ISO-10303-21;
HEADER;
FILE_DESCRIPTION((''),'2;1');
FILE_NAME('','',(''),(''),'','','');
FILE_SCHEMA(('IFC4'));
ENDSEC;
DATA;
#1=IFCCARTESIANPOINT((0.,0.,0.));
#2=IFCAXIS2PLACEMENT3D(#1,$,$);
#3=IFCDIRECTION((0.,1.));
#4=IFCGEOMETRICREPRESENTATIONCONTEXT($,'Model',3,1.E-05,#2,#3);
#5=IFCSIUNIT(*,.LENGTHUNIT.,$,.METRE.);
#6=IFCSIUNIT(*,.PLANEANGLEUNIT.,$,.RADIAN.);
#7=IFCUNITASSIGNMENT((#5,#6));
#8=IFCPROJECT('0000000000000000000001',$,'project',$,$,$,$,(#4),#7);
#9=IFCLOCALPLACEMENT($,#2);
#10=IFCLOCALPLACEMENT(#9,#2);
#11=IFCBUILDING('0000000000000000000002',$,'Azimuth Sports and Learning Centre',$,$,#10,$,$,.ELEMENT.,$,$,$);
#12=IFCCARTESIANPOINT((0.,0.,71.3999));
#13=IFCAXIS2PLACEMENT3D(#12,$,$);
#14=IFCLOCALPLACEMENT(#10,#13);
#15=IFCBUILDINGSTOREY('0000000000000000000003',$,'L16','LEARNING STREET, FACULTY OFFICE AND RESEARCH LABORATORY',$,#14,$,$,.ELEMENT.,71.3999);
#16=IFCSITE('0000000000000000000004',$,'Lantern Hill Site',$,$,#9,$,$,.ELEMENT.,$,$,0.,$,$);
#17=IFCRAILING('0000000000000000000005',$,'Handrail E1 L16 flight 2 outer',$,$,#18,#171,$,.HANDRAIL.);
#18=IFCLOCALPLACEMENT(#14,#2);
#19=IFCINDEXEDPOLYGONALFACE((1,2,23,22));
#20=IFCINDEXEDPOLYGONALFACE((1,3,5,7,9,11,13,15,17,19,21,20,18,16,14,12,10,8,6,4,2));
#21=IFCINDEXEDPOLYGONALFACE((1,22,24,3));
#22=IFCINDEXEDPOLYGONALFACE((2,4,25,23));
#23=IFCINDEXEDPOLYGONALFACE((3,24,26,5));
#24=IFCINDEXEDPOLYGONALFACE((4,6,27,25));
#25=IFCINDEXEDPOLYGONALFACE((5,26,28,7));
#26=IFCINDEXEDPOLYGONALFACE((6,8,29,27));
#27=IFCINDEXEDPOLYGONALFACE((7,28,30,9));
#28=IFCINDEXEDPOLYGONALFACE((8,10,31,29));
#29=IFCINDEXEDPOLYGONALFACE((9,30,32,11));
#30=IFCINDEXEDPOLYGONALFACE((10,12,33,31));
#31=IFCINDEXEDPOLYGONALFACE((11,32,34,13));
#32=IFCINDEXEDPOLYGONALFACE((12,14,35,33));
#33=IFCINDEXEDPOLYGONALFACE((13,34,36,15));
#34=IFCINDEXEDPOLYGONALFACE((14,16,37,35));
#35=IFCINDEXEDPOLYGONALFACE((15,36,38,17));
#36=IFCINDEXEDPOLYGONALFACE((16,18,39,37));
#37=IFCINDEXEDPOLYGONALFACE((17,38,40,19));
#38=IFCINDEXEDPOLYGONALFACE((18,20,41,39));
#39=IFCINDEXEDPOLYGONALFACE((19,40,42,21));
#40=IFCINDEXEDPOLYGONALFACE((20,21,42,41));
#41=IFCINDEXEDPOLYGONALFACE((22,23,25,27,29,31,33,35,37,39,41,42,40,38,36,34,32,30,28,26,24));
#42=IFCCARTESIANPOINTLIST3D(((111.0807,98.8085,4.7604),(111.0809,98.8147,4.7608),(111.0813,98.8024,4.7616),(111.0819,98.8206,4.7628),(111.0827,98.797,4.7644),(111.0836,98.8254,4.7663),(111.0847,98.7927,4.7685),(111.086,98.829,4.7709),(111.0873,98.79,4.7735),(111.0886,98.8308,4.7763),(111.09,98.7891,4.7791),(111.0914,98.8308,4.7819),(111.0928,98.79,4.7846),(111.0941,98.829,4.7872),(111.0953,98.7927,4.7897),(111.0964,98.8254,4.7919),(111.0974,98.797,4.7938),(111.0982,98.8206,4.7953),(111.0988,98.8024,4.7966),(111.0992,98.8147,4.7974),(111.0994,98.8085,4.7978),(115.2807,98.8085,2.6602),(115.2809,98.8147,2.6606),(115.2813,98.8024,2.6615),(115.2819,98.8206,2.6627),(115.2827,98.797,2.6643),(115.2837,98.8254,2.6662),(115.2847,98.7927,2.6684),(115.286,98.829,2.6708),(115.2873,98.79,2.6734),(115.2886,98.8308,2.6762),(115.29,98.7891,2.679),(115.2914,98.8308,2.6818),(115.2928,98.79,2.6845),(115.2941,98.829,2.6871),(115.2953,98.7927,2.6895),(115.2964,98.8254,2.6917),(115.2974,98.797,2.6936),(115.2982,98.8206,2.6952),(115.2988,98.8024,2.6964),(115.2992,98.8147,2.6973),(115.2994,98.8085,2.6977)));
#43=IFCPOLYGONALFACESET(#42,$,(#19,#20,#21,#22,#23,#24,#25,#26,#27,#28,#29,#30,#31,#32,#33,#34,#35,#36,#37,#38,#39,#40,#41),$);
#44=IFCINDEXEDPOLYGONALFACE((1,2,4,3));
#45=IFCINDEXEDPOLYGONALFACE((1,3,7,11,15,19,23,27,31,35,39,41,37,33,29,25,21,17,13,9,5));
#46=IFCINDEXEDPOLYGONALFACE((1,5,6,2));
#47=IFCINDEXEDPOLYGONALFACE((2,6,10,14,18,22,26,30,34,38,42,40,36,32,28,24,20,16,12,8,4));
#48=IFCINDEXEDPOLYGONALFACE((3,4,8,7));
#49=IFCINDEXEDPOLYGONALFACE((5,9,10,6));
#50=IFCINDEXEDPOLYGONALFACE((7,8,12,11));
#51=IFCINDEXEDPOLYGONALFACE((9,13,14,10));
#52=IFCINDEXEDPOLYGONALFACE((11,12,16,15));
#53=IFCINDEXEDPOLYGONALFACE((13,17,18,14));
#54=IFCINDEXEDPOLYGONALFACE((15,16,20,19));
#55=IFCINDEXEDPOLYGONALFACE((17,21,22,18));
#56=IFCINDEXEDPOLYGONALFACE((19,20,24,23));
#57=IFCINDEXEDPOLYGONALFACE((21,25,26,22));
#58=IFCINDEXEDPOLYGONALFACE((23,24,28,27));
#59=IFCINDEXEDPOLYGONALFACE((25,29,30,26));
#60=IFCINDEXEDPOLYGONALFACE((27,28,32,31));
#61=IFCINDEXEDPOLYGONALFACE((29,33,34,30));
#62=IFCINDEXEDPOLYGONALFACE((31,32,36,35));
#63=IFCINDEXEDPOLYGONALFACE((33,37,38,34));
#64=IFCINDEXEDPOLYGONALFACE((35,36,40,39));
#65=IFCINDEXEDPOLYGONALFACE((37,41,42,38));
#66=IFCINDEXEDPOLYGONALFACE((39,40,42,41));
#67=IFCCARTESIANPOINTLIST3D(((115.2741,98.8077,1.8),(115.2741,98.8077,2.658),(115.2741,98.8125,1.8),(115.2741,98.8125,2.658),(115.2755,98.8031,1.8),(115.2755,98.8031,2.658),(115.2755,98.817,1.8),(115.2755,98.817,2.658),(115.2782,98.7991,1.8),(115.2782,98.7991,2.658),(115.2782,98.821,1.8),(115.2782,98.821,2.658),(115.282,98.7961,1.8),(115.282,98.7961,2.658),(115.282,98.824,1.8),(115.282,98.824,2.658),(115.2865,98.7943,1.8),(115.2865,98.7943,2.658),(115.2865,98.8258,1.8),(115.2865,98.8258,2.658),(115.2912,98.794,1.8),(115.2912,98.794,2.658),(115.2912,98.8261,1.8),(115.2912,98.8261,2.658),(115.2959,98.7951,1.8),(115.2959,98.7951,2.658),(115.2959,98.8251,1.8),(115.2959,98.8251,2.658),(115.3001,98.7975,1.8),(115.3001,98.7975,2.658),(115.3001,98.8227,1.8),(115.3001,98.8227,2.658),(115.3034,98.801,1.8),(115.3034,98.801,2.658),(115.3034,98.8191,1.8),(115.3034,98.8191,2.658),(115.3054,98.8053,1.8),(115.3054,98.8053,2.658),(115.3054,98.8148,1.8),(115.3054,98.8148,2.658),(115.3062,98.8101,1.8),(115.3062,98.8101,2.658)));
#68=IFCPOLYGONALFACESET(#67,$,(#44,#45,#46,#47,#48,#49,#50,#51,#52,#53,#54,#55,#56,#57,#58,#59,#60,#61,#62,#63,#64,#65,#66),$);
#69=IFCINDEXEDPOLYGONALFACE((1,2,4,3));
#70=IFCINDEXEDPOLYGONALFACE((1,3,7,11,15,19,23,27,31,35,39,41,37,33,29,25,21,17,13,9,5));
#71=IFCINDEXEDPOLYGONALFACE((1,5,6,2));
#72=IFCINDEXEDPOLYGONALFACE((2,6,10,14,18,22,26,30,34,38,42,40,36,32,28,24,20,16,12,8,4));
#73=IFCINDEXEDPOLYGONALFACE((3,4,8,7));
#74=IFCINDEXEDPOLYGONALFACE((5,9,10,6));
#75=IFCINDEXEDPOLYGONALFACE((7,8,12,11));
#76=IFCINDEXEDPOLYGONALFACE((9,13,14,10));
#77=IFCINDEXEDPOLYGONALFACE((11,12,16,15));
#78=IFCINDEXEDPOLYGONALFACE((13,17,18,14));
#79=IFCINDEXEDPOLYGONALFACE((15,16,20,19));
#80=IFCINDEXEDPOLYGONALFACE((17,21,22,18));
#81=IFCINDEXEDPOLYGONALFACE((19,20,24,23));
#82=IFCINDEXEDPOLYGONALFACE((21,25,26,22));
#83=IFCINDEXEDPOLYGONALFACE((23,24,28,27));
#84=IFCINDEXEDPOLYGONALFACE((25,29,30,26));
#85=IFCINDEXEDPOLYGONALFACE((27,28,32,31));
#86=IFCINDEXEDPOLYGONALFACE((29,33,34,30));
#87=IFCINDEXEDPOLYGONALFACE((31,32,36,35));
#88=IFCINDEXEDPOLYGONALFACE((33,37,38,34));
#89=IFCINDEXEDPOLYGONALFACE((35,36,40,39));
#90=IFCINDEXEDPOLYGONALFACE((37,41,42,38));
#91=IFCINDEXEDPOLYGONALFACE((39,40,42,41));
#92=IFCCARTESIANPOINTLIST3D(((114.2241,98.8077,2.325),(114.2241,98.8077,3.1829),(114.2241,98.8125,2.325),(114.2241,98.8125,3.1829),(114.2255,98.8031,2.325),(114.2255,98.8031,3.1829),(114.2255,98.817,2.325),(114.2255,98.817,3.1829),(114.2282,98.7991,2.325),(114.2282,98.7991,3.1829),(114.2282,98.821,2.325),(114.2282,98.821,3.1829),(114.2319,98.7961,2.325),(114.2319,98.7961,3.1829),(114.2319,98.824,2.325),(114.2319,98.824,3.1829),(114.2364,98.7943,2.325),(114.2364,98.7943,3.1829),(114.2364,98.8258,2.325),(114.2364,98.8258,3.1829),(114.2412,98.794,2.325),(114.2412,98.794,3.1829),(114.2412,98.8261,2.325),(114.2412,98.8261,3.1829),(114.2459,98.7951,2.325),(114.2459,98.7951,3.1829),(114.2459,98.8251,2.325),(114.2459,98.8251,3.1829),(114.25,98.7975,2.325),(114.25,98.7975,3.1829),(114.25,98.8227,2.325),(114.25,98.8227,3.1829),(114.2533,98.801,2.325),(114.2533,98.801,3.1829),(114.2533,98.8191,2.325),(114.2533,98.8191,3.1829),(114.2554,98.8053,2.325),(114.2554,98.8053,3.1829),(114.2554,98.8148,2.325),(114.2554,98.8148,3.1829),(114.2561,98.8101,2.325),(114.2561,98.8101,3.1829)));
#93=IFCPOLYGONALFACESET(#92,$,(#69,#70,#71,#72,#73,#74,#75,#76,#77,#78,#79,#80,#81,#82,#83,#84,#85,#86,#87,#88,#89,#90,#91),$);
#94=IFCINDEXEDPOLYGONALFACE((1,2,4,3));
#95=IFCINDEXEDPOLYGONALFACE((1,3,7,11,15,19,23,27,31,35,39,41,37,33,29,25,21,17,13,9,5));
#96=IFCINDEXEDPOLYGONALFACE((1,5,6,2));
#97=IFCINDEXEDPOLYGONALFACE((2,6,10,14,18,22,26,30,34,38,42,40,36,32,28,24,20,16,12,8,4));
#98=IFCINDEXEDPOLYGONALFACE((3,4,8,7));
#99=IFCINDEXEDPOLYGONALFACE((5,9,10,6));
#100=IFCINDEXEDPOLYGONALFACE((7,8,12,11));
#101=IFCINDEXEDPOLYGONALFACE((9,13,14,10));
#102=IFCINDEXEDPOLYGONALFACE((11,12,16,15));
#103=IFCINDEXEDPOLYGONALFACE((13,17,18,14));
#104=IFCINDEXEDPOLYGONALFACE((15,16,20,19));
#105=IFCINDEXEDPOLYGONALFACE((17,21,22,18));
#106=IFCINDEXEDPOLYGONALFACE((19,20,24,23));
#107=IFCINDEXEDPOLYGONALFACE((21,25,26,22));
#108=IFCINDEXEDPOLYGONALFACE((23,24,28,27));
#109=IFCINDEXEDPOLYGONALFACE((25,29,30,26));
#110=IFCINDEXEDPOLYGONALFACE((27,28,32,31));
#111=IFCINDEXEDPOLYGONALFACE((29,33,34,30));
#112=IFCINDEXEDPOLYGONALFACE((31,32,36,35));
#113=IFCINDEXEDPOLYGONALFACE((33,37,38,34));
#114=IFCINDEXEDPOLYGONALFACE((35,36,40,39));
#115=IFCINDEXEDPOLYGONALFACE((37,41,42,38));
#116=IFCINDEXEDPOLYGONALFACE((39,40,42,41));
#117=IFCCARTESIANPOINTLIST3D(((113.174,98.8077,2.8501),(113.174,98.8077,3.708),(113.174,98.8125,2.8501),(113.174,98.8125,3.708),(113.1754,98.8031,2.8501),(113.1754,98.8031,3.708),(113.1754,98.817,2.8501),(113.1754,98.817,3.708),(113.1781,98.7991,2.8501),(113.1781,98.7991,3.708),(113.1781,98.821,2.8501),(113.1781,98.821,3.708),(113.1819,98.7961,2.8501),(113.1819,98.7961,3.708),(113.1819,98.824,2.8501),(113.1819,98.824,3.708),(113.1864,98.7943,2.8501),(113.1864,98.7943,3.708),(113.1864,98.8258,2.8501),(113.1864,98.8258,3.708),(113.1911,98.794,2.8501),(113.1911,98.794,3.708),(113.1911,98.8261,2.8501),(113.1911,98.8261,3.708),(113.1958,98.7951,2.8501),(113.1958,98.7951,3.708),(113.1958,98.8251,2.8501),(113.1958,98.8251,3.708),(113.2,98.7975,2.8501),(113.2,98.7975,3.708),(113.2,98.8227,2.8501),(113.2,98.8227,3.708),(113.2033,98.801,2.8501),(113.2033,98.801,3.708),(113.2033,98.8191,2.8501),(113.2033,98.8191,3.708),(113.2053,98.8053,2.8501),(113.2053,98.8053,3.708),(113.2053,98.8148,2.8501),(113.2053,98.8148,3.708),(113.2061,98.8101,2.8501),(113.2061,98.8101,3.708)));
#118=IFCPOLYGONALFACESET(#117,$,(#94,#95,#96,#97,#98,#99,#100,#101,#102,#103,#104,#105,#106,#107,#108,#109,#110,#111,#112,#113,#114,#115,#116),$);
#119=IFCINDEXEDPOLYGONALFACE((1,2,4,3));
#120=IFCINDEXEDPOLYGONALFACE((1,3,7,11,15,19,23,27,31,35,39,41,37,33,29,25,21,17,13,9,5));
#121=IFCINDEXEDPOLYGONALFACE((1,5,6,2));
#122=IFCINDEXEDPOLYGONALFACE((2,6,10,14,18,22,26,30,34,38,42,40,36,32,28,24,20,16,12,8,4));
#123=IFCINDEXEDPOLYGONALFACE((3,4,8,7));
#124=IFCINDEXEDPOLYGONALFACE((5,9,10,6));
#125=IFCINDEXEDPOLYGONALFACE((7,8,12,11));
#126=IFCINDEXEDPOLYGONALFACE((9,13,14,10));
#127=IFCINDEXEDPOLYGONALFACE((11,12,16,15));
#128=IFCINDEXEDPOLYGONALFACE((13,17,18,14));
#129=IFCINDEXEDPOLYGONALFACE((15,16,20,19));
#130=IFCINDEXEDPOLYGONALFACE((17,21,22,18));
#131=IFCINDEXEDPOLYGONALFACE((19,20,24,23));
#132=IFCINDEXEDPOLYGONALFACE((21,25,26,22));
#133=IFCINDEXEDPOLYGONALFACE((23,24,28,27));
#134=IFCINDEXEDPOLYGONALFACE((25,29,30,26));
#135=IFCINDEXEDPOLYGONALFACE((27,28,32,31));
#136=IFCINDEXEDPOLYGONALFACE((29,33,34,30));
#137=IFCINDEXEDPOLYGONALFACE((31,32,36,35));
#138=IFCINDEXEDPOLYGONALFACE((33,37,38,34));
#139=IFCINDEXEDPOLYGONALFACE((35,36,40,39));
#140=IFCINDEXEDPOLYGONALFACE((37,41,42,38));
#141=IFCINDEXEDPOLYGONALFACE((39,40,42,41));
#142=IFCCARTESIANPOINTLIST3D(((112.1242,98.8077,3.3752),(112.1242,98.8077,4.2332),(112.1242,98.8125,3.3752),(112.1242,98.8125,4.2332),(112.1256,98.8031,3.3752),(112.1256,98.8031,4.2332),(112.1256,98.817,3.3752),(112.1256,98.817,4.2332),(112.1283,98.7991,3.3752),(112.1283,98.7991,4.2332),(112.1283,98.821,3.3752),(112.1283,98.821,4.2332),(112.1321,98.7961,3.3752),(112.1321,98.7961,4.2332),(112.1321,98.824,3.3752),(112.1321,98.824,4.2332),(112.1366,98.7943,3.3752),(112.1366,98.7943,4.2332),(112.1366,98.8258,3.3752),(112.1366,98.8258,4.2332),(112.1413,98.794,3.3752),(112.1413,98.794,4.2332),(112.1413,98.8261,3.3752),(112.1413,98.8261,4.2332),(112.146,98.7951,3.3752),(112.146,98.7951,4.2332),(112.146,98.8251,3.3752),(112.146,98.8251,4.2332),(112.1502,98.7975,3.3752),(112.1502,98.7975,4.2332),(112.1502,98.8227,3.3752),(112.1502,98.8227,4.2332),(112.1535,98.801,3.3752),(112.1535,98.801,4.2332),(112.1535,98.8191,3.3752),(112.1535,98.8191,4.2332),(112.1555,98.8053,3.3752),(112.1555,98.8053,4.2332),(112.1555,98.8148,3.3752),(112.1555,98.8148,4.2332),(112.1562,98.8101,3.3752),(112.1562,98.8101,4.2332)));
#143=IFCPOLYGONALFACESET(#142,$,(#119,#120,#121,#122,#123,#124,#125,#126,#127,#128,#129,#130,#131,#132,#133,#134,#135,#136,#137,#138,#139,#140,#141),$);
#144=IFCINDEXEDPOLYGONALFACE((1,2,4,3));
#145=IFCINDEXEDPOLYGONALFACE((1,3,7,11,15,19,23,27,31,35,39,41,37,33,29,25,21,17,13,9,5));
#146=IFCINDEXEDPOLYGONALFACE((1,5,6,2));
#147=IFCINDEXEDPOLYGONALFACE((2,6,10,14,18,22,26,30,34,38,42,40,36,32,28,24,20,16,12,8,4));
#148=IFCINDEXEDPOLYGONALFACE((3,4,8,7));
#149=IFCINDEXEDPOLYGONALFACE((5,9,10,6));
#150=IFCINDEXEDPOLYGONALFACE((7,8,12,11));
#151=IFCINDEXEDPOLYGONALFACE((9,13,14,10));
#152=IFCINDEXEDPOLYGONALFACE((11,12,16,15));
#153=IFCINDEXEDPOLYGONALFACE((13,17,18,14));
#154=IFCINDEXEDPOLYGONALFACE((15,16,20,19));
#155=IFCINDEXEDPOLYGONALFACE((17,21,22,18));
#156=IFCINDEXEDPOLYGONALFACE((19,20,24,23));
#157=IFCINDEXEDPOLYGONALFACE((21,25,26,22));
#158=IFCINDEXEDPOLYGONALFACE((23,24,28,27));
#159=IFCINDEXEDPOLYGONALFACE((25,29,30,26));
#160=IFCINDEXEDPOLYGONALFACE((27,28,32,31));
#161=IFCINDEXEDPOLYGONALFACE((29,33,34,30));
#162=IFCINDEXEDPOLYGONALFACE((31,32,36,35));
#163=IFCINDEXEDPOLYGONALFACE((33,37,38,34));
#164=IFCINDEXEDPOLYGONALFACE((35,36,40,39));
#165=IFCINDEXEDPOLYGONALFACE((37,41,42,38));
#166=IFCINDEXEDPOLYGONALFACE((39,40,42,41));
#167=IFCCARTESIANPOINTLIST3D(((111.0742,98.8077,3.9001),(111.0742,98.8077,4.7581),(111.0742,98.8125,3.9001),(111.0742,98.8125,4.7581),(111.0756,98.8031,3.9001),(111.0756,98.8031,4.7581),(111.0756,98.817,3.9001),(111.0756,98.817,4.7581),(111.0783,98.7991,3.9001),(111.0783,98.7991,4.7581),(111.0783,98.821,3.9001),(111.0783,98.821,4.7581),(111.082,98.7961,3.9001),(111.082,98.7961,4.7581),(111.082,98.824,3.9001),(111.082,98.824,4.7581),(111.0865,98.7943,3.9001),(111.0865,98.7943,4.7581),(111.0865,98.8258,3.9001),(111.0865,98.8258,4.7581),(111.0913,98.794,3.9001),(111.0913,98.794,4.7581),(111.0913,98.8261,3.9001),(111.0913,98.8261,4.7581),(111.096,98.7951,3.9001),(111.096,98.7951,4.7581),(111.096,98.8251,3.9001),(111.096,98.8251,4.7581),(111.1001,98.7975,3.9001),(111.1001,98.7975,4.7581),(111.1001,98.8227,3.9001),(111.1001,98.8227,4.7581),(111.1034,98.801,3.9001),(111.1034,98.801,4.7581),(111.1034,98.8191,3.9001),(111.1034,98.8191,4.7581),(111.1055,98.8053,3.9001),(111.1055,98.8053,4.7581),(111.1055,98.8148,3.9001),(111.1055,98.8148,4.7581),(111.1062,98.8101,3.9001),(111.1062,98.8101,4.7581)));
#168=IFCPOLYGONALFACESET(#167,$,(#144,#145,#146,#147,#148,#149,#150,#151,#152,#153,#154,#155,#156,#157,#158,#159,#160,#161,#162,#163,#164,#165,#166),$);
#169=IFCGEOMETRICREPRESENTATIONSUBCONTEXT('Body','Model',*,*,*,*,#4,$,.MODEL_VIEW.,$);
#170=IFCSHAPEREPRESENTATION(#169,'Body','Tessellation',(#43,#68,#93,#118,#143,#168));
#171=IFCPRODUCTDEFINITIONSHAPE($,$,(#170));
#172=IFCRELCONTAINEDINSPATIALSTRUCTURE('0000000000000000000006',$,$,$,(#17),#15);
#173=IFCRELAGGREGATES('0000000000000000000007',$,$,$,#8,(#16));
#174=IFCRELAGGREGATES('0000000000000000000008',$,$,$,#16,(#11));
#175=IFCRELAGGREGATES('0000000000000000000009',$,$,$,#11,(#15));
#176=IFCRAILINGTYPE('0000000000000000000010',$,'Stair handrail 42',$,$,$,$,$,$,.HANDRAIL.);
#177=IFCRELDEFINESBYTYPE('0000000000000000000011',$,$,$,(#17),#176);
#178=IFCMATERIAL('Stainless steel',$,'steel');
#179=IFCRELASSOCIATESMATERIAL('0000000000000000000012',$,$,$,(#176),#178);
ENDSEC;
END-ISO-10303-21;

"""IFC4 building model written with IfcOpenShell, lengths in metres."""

from ifc_helpers import new_model, si_unit, direction, frame, origin, origin_2d, place, context, subcontext, project, spatial, circle, extrude, material, type_object, element, save


model = new_model("IFC4")

# Units and contexts
model_context = context("Model", 3, precision=1e-05, world=origin(), true_north=direction((0.0, 1.0)))
body_context = subcontext(model_context, "Body", "Model", "MODEL_VIEW")
ifc_project = project(units=[si_unit("LENGTHUNIT", "METRE"), si_unit("PLANEANGLEUNIT", "RADIAN")], contexts=[model_context])

# Site, building, storey
site_placement = place(None, origin())
site = spatial("IfcSite", under=ifc_project, at=site_placement, Name="Lantern Hill Site", CompositionType="ELEMENT", RefElevation=0.0)
building_placement = place(site_placement, origin())
building = spatial("IfcBuilding", under=site, at=building_placement, Name="Azimuth Sports and Learning Centre", CompositionType="ELEMENT")
storey_placement = place(building_placement, frame((0.0, 0.0, 71.3999)))
storey = spatial("IfcBuildingStorey", under=building, at=storey_placement, Name="L16", Description="LEARNING STREET, FACULTY OFFICE AND RESEARCH LABORATORY", CompositionType="ELEMENT", Elevation=71.3999)

# Railing
ifc_material_1 = material(Name="Stainless steel", Category="steel")
railing_type_1 = type_object("IfcRailingType", Name="Stair handrail 42", PredefinedType="HANDRAIL", material=ifc_material_1)
for number, where, name in (
    (1, (115.29, 98.8101, 1.8), "Handrail E1 L16 flight 2 outer"),
):
    element("IfcRailing", number, at=place(storey_placement, frame(where)), inside=storey, type_object=railing_type_1, Name=name, PredefinedType="HANDRAIL", context=body_context, shape_type="SweptSolid", body=[
        extrude(circle(Radius=0.021, at=origin_2d()), frame((0.0, 0.0, 0.8789), z_axis=(-0.894417, 0.0, 0.447234), x_axis=(0.0, -1.0, 0.0)), (0.0, 0.0, 1.0), 4.6958),
        extrude(circle(Radius=0.0161, at=origin_2d()), origin(), (0.0, 0.0, 1.0), 0.8579),
        extrude(circle(Radius=0.0161, at=origin_2d()), frame((-1.05, 0.0, 0.5249)), (0.0, 0.0, 1.0), 0.8579),
        extrude(circle(Radius=0.0161, at=origin_2d()), frame((-2.1001, 0.0, 1.05)), (0.0, 0.0, 1.0), 0.8579),
        extrude(circle(Radius=0.0161, at=origin_2d()), frame((-3.1499, 0.0, 1.5752)), (0.0, 0.0, 1.0), 0.8579),
        extrude(circle(Radius=0.0161, at=origin_2d()), frame((-4.2, 0.0, 2.1001)), (0.0, 0.0, 1.0), 0.8579),
    ])

save(model, "model.ifc")
